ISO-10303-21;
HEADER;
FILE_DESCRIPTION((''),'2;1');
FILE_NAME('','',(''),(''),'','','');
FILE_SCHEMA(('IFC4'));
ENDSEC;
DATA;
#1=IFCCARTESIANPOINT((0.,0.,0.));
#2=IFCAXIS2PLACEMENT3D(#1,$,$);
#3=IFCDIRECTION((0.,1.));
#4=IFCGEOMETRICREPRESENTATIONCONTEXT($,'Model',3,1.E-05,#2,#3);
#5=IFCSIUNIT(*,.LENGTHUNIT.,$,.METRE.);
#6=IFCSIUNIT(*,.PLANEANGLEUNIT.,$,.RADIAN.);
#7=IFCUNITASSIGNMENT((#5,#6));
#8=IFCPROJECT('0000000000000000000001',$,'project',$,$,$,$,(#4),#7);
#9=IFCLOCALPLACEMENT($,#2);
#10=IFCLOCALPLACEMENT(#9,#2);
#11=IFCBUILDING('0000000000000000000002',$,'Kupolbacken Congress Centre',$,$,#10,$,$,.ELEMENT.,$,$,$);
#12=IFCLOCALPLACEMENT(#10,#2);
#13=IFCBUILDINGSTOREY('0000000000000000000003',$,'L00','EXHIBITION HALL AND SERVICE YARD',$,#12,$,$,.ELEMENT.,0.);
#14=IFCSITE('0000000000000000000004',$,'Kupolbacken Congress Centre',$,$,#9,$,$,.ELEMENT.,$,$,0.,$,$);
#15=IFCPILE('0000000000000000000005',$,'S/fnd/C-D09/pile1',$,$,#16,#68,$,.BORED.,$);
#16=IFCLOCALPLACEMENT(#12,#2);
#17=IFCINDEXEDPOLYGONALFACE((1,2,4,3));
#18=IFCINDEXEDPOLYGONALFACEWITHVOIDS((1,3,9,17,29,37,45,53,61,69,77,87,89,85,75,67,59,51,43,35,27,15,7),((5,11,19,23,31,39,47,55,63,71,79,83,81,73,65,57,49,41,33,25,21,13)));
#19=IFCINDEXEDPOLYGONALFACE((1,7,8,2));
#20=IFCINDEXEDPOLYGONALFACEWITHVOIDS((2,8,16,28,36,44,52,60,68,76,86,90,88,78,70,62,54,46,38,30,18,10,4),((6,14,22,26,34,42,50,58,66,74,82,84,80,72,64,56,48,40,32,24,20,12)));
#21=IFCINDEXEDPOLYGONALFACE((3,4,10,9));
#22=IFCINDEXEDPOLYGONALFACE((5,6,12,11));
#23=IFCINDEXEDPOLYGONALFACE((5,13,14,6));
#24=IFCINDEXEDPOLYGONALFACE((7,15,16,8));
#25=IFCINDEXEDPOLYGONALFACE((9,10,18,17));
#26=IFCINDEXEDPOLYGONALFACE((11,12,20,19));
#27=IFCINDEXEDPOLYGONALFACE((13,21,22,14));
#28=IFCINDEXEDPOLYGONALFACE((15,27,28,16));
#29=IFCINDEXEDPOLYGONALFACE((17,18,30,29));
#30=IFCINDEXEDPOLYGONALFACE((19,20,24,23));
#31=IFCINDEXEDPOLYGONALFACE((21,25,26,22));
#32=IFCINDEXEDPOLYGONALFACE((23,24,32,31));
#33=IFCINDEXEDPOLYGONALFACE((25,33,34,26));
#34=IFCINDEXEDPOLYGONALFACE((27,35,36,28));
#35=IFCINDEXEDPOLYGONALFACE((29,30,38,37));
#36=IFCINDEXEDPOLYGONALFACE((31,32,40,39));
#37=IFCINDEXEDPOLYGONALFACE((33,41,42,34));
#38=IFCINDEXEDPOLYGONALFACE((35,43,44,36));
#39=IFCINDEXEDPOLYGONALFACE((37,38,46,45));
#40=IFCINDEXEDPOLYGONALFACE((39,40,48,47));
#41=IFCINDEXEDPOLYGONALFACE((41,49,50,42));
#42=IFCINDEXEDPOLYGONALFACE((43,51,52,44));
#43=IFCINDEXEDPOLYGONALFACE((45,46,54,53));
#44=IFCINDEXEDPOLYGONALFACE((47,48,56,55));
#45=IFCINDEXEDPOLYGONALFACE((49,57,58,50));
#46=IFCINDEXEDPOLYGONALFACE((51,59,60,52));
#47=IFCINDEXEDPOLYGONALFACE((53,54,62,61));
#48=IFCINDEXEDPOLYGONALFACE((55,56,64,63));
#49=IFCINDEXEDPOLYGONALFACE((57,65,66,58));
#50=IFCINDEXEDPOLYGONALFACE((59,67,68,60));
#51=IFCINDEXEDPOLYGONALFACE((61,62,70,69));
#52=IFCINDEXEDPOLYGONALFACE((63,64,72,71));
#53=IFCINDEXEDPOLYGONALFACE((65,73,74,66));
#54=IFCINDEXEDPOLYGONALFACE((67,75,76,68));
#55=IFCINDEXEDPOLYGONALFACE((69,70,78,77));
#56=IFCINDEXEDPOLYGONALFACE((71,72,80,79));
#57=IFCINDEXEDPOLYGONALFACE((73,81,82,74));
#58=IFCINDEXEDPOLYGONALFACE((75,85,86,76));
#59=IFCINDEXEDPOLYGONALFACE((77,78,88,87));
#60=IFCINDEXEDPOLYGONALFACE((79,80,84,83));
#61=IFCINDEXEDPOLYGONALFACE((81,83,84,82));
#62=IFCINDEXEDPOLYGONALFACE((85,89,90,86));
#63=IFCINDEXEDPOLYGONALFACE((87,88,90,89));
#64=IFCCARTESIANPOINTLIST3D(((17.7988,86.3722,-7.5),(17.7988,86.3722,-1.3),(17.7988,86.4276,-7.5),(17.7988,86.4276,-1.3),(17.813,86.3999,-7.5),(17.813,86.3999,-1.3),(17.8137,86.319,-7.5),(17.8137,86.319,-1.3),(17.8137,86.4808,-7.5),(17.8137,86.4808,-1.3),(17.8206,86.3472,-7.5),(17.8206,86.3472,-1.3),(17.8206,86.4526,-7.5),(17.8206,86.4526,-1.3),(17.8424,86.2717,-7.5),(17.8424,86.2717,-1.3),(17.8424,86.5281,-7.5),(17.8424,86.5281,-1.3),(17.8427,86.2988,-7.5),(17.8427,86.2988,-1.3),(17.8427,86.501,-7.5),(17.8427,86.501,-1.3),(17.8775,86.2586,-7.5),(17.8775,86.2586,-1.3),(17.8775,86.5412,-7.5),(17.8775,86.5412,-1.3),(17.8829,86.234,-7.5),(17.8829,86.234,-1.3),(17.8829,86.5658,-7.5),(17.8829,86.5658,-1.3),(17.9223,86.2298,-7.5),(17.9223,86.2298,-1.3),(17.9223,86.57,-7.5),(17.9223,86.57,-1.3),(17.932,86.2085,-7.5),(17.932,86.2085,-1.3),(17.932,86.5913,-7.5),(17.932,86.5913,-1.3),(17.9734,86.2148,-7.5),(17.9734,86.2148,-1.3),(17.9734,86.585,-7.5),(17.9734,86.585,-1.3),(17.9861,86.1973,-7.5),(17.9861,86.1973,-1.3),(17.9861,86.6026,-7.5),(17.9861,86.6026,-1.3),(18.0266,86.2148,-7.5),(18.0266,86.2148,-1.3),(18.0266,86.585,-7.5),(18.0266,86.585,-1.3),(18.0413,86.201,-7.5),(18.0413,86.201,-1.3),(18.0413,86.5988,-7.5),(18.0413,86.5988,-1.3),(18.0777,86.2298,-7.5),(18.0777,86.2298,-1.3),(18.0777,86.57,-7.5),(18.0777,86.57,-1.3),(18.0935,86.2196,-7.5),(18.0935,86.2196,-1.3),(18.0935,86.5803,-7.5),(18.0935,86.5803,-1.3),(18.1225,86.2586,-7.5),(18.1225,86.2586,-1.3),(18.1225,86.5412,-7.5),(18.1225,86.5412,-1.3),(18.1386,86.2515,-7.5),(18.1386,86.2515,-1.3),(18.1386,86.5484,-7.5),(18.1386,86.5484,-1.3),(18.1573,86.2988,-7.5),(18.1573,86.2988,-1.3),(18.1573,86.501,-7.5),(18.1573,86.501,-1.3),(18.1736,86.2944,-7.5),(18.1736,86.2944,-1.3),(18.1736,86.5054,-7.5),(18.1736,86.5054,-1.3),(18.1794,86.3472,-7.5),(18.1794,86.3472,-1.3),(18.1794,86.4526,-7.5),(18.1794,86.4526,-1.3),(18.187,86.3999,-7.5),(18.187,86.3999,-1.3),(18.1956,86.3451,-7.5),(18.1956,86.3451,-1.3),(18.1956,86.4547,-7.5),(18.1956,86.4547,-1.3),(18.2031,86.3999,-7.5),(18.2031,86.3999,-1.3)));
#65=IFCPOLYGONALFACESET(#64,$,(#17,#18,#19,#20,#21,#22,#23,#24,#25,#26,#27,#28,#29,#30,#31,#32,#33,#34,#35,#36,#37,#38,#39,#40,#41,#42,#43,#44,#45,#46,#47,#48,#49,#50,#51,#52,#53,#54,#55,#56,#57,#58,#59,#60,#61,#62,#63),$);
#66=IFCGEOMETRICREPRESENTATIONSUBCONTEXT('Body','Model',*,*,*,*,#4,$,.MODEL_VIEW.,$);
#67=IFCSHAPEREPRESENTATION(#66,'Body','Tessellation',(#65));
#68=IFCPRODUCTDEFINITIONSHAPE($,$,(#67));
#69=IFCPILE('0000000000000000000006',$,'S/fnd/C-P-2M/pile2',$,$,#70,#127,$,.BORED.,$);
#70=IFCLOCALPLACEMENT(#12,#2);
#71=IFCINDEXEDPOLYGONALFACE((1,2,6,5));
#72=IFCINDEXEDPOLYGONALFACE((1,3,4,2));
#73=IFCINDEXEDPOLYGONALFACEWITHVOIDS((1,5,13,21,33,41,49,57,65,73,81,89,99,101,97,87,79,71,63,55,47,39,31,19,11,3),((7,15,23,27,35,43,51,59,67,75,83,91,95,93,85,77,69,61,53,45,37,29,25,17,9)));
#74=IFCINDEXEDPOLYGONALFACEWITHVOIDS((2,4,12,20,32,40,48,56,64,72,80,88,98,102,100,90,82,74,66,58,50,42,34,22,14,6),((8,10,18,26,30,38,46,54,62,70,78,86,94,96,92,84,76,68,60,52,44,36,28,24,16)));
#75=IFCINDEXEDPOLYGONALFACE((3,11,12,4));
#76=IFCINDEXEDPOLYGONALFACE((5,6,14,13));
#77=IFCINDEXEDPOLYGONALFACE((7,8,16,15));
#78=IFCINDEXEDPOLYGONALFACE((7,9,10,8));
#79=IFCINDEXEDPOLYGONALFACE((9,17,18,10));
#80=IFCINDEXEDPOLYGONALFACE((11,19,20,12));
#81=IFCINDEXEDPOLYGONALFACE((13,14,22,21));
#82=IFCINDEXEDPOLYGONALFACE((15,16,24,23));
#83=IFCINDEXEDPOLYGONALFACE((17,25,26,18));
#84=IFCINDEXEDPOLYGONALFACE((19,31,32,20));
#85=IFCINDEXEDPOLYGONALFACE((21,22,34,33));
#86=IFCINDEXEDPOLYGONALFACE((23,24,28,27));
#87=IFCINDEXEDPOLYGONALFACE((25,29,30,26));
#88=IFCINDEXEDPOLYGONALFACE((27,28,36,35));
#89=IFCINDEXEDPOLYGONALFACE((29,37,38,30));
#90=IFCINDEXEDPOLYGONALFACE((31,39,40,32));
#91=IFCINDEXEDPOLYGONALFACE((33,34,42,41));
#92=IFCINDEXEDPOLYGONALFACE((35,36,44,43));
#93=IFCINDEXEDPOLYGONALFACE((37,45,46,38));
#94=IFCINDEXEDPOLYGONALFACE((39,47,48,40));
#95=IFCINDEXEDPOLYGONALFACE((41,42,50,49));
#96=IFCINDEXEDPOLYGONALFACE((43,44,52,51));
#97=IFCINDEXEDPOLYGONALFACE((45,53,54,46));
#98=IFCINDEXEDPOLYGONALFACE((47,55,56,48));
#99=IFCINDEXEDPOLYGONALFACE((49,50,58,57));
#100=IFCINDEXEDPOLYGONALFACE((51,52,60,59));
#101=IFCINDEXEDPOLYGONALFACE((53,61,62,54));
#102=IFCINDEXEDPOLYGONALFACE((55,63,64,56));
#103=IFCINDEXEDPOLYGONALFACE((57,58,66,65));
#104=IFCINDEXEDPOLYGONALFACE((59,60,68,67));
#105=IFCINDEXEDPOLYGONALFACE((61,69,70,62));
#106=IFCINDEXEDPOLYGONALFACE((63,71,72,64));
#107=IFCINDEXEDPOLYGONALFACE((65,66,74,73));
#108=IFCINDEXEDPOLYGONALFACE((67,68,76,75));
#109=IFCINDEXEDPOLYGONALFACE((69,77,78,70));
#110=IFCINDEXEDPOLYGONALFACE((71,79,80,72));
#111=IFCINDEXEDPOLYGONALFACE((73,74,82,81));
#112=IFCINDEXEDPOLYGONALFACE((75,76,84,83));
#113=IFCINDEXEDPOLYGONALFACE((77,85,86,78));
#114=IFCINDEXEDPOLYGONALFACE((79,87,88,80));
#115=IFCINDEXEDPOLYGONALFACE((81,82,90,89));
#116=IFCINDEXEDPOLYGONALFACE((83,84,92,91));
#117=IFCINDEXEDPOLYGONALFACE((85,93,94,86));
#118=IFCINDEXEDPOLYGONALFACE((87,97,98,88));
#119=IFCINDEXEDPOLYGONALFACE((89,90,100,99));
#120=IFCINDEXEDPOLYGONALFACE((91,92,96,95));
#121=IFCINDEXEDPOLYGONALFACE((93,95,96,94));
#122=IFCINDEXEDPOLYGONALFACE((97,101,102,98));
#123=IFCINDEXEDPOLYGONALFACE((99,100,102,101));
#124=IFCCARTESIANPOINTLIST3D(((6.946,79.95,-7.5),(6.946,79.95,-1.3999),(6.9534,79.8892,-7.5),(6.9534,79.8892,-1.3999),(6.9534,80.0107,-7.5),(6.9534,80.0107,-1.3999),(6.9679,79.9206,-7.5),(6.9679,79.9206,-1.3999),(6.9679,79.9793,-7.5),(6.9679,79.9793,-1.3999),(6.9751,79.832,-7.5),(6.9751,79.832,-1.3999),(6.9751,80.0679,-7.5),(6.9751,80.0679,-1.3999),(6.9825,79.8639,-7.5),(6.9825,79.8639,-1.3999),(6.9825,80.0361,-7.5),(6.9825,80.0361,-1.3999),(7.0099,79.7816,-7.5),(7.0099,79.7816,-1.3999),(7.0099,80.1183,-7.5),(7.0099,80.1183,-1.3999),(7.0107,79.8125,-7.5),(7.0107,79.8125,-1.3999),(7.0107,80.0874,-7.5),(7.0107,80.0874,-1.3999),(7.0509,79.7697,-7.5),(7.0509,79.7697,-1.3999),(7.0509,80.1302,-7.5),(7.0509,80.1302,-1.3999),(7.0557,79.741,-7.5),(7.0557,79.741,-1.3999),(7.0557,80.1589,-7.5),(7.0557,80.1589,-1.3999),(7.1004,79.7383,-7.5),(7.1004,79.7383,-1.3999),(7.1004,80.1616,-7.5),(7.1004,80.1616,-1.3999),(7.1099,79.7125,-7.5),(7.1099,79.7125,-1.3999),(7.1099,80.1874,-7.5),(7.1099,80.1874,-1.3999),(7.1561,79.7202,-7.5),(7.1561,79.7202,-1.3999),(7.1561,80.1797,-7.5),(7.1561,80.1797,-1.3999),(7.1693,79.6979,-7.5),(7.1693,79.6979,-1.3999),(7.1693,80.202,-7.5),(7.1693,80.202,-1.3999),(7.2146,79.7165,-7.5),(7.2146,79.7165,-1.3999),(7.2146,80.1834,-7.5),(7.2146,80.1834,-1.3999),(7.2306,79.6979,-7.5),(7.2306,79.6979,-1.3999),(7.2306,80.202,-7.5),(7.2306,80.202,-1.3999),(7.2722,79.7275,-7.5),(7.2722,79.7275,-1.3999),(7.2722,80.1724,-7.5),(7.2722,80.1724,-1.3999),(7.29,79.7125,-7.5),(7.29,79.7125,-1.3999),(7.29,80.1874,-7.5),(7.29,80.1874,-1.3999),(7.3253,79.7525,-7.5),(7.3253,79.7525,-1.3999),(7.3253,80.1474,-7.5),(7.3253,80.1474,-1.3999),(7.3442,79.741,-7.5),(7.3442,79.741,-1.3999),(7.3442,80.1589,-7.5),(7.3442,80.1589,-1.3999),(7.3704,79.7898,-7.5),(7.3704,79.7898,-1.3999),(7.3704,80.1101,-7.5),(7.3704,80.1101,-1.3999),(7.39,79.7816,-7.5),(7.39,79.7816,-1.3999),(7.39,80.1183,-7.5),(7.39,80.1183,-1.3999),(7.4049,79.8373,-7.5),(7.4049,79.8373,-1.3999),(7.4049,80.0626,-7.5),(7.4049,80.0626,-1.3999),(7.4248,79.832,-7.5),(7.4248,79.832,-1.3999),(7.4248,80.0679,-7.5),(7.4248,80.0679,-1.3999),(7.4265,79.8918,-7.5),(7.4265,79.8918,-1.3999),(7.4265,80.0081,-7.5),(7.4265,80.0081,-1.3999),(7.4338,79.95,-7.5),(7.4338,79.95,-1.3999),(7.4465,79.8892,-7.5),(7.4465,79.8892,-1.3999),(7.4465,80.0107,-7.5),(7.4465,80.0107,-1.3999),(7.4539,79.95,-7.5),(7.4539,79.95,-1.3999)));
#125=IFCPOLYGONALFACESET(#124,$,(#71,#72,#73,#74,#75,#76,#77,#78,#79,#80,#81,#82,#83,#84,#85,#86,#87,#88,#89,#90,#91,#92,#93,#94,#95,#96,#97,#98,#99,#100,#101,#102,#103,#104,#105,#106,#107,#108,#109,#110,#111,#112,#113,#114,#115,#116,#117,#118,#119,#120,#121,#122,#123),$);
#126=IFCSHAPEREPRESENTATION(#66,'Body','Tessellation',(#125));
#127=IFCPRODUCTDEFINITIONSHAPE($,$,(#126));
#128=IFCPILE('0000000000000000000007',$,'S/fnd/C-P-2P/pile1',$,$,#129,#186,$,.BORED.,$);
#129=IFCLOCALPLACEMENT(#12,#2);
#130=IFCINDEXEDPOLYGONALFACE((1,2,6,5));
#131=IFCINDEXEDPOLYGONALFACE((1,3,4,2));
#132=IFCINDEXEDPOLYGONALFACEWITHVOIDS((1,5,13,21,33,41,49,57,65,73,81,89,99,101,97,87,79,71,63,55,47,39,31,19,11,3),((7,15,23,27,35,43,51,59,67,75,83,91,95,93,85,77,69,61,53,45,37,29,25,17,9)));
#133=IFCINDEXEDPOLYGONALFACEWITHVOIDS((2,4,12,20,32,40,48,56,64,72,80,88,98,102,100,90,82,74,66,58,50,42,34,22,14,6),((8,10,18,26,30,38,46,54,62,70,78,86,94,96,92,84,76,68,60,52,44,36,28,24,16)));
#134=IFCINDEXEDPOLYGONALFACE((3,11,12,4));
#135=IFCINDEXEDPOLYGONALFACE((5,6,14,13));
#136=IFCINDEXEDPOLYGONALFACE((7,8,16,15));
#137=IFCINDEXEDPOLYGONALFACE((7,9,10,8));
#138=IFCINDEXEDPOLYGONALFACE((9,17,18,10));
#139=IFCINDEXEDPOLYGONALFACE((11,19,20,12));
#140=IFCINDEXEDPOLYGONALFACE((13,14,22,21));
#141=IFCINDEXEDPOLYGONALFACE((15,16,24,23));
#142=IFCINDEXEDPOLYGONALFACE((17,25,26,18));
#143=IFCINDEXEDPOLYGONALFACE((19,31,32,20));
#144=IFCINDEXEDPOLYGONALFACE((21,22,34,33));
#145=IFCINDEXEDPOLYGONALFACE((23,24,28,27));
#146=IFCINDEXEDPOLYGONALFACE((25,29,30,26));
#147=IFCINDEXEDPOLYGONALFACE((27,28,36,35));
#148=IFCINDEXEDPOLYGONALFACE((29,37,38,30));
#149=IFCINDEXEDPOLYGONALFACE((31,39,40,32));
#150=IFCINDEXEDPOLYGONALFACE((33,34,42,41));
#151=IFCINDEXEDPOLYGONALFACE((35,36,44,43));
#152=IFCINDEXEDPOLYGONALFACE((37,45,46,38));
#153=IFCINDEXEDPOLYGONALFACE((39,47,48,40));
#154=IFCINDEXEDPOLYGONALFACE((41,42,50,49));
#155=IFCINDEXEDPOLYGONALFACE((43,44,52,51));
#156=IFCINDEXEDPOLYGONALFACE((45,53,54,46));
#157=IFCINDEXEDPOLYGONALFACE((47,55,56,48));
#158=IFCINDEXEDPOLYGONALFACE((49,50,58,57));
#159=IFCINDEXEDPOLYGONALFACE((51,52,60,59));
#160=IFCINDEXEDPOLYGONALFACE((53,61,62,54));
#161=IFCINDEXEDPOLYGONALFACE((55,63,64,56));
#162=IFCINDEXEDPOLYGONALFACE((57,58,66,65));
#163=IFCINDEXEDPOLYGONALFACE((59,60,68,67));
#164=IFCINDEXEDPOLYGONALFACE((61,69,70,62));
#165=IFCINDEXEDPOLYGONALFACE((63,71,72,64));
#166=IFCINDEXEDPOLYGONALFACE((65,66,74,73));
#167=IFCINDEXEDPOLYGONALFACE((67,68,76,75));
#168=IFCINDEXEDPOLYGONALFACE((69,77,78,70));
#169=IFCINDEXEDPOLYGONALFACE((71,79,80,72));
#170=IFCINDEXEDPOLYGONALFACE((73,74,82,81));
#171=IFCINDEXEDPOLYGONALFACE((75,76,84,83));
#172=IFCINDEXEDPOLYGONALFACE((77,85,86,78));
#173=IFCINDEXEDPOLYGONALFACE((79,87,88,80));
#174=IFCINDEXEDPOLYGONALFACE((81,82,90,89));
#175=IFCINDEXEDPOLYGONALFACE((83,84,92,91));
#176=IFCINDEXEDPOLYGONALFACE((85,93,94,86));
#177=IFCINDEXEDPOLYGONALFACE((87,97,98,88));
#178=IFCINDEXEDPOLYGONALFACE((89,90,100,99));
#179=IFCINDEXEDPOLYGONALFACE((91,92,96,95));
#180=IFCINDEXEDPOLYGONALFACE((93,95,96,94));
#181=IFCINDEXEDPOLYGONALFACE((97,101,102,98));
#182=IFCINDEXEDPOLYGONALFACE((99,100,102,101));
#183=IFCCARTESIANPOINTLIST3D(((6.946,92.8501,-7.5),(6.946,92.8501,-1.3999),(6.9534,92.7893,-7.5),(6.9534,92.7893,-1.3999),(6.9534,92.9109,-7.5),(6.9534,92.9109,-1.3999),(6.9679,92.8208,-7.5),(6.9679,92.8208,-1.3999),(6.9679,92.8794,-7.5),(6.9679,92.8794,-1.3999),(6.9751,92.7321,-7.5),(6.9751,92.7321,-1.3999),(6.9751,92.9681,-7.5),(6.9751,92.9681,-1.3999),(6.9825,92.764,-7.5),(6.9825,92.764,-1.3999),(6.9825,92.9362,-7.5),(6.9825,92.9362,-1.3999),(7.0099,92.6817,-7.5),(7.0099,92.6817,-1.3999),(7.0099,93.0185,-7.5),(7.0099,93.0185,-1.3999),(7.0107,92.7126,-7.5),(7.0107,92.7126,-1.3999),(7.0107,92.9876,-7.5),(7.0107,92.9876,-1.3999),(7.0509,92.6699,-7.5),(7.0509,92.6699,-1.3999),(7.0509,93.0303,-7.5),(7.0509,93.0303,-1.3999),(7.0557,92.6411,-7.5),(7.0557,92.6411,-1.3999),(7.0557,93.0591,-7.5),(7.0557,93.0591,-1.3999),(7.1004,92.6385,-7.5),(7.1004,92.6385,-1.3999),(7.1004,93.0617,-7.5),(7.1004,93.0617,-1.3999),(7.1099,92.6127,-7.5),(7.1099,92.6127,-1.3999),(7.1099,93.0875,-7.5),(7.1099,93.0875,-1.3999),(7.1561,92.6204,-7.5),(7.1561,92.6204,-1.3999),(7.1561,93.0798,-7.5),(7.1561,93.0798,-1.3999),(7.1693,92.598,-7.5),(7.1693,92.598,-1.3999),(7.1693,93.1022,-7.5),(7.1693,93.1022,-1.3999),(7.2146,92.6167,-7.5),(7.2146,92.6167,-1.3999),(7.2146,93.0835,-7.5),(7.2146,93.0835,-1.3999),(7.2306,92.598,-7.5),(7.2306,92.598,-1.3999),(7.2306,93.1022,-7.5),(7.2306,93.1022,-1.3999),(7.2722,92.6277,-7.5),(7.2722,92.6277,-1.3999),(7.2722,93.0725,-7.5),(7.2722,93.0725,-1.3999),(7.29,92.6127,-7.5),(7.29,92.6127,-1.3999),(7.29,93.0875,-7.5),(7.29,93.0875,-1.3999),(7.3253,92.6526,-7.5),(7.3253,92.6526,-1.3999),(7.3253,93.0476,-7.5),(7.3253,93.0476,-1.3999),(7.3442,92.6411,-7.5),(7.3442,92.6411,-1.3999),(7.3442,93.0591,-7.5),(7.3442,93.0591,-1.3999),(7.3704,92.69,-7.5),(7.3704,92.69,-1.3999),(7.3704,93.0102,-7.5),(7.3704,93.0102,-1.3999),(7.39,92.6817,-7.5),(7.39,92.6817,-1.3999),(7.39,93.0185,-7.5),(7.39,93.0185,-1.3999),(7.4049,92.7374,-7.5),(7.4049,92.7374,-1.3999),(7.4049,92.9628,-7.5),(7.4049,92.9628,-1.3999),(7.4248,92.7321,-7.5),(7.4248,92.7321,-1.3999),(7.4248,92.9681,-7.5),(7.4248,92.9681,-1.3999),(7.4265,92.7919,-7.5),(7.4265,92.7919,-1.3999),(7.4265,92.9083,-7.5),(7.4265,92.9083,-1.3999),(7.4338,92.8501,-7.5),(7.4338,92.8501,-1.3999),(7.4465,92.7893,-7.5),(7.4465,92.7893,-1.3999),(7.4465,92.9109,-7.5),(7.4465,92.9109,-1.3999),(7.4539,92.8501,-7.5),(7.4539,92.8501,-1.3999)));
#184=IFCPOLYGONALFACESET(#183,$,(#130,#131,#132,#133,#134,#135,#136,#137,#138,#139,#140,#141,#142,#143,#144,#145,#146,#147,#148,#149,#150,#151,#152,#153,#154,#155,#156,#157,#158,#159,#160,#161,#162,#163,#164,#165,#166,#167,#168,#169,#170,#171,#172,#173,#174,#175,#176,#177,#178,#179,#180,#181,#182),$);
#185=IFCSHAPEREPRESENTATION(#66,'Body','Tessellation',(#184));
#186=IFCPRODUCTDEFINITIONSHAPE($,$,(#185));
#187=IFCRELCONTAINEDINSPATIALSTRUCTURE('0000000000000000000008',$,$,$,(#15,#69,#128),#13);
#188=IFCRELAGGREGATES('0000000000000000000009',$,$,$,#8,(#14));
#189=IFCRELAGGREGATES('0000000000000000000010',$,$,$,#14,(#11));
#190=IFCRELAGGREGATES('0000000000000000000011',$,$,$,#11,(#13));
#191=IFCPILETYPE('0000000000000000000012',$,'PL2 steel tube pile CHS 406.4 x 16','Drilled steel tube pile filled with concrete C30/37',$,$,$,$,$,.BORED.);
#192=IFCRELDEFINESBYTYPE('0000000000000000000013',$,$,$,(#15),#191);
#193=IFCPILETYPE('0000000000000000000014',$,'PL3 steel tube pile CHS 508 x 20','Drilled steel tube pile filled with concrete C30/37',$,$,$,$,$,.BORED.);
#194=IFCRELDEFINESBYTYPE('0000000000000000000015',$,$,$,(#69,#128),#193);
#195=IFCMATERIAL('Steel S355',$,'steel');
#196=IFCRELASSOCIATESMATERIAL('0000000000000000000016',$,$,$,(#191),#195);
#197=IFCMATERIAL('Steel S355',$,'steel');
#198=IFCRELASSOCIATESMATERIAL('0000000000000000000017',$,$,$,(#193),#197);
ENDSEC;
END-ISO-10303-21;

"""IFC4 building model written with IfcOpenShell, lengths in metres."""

from ifc_helpers import new_model, si_unit, direction, frame, origin, origin_2d, place, context, subcontext, project, spatial, hollow_circle, extrude, material, material_profile, profile_set, type_object, element, save


model = new_model("IFC4")

# Units and contexts
model_context = context("Model", 3, precision=1e-05, world=origin(), true_north=direction((0.0, 1.0)))
body_context = subcontext(model_context, "Body", "Model", "MODEL_VIEW")
ifc_project = project(units=[si_unit("LENGTHUNIT", "METRE"), si_unit("PLANEANGLEUNIT", "RADIAN")], contexts=[model_context])

# Site, building, storey
site_placement = place(None, origin())
site = spatial("IfcSite", under=ifc_project, at=site_placement, Name="Kupolbacken Congress Centre", CompositionType="ELEMENT", RefElevation=0.0)
building_placement = place(site_placement, origin())
building = spatial("IfcBuilding", under=site, at=building_placement, Name="Kupolbacken Congress Centre", CompositionType="ELEMENT")
storey_placement = place(building_placement, origin())
storey = spatial("IfcBuildingStorey", under=building, at=storey_placement, Name="L00", Description="EXHIBITION HALL AND SERVICE YARD", CompositionType="ELEMENT", Elevation=0.0)

# Piles
ifc_material_1 = material(Name="Steel S355", Category="steel")
ifc_material_profile_1 = material_profile(ifc_material_1, hollow_circle(Radius=0.2031, WallThickness=0.0161, at=origin_2d()), Name="CHS 406.4 x 16")
ifc_profile_set_1 = profile_set([ifc_material_profile_1], Name="Steel S355")
pile_type_1 = type_object("IfcPileType", Name="PL2 steel tube pile CHS 406.4 x 16", Description="Drilled steel tube pile filled with concrete C30/37", PredefinedType="BORED", material=ifc_profile_set_1)
for number, where, z_axis, x_axis, name in (
    (1, (18.0, 86.3999, -1.3), (0.0, 0.0, -1.0), (1.0, 0.0, 0.0), "S/fnd/C-D09/pile1"),
):
    element("IfcPile", number, at=place(storey_placement, frame(where, z_axis=z_axis, x_axis=x_axis)), inside=storey, type_object=pile_type_1, Name=name, PredefinedType="BORED", context=body_context, shape_type="SweptSolid", body=[
        extrude(hollow_circle(Radius=0.2031, WallThickness=0.0161, at=origin_2d()), origin(), (0.0, 0.0, 1.0), 6.2),
    ])
ifc_material_2 = material(Name="Steel S355", Category="steel")
ifc_material_profile_2 = material_profile(ifc_material_2, hollow_circle(Radius=0.2539, WallThickness=0.02, at=origin_2d()), Name="CHS 508 x 20")
ifc_profile_set_2 = profile_set([ifc_material_profile_2], Name="Steel S355")
pile_type_2 = type_object("IfcPileType", Name="PL3 steel tube pile CHS 508 x 20", Description="Drilled steel tube pile filled with concrete C30/37", PredefinedType="BORED", material=ifc_profile_set_2)
for number, where, z_axis, x_axis, name in (
    (2, (7.2, 79.95, -1.3999), (0.0, 0.0, -1.0), (1.0, 0.0, 0.0), "S/fnd/C-P-2M/pile2"),
    (3, (7.2, 92.8501, -1.3999), (0.0, 0.0, -1.0), (1.0, 0.0, 0.0), "S/fnd/C-P-2P/pile1"),
):
    element("IfcPile", number, at=place(storey_placement, frame(where, z_axis=z_axis, x_axis=x_axis)), inside=storey, type_object=pile_type_2, Name=name, PredefinedType="BORED", context=body_context, shape_type="SweptSolid", body=[
        extrude(hollow_circle(Radius=0.2539, WallThickness=0.02, at=origin_2d()), origin(), (0.0, 0.0, 1.0), 6.1001),
    ])

save(model, "model.ifc")
